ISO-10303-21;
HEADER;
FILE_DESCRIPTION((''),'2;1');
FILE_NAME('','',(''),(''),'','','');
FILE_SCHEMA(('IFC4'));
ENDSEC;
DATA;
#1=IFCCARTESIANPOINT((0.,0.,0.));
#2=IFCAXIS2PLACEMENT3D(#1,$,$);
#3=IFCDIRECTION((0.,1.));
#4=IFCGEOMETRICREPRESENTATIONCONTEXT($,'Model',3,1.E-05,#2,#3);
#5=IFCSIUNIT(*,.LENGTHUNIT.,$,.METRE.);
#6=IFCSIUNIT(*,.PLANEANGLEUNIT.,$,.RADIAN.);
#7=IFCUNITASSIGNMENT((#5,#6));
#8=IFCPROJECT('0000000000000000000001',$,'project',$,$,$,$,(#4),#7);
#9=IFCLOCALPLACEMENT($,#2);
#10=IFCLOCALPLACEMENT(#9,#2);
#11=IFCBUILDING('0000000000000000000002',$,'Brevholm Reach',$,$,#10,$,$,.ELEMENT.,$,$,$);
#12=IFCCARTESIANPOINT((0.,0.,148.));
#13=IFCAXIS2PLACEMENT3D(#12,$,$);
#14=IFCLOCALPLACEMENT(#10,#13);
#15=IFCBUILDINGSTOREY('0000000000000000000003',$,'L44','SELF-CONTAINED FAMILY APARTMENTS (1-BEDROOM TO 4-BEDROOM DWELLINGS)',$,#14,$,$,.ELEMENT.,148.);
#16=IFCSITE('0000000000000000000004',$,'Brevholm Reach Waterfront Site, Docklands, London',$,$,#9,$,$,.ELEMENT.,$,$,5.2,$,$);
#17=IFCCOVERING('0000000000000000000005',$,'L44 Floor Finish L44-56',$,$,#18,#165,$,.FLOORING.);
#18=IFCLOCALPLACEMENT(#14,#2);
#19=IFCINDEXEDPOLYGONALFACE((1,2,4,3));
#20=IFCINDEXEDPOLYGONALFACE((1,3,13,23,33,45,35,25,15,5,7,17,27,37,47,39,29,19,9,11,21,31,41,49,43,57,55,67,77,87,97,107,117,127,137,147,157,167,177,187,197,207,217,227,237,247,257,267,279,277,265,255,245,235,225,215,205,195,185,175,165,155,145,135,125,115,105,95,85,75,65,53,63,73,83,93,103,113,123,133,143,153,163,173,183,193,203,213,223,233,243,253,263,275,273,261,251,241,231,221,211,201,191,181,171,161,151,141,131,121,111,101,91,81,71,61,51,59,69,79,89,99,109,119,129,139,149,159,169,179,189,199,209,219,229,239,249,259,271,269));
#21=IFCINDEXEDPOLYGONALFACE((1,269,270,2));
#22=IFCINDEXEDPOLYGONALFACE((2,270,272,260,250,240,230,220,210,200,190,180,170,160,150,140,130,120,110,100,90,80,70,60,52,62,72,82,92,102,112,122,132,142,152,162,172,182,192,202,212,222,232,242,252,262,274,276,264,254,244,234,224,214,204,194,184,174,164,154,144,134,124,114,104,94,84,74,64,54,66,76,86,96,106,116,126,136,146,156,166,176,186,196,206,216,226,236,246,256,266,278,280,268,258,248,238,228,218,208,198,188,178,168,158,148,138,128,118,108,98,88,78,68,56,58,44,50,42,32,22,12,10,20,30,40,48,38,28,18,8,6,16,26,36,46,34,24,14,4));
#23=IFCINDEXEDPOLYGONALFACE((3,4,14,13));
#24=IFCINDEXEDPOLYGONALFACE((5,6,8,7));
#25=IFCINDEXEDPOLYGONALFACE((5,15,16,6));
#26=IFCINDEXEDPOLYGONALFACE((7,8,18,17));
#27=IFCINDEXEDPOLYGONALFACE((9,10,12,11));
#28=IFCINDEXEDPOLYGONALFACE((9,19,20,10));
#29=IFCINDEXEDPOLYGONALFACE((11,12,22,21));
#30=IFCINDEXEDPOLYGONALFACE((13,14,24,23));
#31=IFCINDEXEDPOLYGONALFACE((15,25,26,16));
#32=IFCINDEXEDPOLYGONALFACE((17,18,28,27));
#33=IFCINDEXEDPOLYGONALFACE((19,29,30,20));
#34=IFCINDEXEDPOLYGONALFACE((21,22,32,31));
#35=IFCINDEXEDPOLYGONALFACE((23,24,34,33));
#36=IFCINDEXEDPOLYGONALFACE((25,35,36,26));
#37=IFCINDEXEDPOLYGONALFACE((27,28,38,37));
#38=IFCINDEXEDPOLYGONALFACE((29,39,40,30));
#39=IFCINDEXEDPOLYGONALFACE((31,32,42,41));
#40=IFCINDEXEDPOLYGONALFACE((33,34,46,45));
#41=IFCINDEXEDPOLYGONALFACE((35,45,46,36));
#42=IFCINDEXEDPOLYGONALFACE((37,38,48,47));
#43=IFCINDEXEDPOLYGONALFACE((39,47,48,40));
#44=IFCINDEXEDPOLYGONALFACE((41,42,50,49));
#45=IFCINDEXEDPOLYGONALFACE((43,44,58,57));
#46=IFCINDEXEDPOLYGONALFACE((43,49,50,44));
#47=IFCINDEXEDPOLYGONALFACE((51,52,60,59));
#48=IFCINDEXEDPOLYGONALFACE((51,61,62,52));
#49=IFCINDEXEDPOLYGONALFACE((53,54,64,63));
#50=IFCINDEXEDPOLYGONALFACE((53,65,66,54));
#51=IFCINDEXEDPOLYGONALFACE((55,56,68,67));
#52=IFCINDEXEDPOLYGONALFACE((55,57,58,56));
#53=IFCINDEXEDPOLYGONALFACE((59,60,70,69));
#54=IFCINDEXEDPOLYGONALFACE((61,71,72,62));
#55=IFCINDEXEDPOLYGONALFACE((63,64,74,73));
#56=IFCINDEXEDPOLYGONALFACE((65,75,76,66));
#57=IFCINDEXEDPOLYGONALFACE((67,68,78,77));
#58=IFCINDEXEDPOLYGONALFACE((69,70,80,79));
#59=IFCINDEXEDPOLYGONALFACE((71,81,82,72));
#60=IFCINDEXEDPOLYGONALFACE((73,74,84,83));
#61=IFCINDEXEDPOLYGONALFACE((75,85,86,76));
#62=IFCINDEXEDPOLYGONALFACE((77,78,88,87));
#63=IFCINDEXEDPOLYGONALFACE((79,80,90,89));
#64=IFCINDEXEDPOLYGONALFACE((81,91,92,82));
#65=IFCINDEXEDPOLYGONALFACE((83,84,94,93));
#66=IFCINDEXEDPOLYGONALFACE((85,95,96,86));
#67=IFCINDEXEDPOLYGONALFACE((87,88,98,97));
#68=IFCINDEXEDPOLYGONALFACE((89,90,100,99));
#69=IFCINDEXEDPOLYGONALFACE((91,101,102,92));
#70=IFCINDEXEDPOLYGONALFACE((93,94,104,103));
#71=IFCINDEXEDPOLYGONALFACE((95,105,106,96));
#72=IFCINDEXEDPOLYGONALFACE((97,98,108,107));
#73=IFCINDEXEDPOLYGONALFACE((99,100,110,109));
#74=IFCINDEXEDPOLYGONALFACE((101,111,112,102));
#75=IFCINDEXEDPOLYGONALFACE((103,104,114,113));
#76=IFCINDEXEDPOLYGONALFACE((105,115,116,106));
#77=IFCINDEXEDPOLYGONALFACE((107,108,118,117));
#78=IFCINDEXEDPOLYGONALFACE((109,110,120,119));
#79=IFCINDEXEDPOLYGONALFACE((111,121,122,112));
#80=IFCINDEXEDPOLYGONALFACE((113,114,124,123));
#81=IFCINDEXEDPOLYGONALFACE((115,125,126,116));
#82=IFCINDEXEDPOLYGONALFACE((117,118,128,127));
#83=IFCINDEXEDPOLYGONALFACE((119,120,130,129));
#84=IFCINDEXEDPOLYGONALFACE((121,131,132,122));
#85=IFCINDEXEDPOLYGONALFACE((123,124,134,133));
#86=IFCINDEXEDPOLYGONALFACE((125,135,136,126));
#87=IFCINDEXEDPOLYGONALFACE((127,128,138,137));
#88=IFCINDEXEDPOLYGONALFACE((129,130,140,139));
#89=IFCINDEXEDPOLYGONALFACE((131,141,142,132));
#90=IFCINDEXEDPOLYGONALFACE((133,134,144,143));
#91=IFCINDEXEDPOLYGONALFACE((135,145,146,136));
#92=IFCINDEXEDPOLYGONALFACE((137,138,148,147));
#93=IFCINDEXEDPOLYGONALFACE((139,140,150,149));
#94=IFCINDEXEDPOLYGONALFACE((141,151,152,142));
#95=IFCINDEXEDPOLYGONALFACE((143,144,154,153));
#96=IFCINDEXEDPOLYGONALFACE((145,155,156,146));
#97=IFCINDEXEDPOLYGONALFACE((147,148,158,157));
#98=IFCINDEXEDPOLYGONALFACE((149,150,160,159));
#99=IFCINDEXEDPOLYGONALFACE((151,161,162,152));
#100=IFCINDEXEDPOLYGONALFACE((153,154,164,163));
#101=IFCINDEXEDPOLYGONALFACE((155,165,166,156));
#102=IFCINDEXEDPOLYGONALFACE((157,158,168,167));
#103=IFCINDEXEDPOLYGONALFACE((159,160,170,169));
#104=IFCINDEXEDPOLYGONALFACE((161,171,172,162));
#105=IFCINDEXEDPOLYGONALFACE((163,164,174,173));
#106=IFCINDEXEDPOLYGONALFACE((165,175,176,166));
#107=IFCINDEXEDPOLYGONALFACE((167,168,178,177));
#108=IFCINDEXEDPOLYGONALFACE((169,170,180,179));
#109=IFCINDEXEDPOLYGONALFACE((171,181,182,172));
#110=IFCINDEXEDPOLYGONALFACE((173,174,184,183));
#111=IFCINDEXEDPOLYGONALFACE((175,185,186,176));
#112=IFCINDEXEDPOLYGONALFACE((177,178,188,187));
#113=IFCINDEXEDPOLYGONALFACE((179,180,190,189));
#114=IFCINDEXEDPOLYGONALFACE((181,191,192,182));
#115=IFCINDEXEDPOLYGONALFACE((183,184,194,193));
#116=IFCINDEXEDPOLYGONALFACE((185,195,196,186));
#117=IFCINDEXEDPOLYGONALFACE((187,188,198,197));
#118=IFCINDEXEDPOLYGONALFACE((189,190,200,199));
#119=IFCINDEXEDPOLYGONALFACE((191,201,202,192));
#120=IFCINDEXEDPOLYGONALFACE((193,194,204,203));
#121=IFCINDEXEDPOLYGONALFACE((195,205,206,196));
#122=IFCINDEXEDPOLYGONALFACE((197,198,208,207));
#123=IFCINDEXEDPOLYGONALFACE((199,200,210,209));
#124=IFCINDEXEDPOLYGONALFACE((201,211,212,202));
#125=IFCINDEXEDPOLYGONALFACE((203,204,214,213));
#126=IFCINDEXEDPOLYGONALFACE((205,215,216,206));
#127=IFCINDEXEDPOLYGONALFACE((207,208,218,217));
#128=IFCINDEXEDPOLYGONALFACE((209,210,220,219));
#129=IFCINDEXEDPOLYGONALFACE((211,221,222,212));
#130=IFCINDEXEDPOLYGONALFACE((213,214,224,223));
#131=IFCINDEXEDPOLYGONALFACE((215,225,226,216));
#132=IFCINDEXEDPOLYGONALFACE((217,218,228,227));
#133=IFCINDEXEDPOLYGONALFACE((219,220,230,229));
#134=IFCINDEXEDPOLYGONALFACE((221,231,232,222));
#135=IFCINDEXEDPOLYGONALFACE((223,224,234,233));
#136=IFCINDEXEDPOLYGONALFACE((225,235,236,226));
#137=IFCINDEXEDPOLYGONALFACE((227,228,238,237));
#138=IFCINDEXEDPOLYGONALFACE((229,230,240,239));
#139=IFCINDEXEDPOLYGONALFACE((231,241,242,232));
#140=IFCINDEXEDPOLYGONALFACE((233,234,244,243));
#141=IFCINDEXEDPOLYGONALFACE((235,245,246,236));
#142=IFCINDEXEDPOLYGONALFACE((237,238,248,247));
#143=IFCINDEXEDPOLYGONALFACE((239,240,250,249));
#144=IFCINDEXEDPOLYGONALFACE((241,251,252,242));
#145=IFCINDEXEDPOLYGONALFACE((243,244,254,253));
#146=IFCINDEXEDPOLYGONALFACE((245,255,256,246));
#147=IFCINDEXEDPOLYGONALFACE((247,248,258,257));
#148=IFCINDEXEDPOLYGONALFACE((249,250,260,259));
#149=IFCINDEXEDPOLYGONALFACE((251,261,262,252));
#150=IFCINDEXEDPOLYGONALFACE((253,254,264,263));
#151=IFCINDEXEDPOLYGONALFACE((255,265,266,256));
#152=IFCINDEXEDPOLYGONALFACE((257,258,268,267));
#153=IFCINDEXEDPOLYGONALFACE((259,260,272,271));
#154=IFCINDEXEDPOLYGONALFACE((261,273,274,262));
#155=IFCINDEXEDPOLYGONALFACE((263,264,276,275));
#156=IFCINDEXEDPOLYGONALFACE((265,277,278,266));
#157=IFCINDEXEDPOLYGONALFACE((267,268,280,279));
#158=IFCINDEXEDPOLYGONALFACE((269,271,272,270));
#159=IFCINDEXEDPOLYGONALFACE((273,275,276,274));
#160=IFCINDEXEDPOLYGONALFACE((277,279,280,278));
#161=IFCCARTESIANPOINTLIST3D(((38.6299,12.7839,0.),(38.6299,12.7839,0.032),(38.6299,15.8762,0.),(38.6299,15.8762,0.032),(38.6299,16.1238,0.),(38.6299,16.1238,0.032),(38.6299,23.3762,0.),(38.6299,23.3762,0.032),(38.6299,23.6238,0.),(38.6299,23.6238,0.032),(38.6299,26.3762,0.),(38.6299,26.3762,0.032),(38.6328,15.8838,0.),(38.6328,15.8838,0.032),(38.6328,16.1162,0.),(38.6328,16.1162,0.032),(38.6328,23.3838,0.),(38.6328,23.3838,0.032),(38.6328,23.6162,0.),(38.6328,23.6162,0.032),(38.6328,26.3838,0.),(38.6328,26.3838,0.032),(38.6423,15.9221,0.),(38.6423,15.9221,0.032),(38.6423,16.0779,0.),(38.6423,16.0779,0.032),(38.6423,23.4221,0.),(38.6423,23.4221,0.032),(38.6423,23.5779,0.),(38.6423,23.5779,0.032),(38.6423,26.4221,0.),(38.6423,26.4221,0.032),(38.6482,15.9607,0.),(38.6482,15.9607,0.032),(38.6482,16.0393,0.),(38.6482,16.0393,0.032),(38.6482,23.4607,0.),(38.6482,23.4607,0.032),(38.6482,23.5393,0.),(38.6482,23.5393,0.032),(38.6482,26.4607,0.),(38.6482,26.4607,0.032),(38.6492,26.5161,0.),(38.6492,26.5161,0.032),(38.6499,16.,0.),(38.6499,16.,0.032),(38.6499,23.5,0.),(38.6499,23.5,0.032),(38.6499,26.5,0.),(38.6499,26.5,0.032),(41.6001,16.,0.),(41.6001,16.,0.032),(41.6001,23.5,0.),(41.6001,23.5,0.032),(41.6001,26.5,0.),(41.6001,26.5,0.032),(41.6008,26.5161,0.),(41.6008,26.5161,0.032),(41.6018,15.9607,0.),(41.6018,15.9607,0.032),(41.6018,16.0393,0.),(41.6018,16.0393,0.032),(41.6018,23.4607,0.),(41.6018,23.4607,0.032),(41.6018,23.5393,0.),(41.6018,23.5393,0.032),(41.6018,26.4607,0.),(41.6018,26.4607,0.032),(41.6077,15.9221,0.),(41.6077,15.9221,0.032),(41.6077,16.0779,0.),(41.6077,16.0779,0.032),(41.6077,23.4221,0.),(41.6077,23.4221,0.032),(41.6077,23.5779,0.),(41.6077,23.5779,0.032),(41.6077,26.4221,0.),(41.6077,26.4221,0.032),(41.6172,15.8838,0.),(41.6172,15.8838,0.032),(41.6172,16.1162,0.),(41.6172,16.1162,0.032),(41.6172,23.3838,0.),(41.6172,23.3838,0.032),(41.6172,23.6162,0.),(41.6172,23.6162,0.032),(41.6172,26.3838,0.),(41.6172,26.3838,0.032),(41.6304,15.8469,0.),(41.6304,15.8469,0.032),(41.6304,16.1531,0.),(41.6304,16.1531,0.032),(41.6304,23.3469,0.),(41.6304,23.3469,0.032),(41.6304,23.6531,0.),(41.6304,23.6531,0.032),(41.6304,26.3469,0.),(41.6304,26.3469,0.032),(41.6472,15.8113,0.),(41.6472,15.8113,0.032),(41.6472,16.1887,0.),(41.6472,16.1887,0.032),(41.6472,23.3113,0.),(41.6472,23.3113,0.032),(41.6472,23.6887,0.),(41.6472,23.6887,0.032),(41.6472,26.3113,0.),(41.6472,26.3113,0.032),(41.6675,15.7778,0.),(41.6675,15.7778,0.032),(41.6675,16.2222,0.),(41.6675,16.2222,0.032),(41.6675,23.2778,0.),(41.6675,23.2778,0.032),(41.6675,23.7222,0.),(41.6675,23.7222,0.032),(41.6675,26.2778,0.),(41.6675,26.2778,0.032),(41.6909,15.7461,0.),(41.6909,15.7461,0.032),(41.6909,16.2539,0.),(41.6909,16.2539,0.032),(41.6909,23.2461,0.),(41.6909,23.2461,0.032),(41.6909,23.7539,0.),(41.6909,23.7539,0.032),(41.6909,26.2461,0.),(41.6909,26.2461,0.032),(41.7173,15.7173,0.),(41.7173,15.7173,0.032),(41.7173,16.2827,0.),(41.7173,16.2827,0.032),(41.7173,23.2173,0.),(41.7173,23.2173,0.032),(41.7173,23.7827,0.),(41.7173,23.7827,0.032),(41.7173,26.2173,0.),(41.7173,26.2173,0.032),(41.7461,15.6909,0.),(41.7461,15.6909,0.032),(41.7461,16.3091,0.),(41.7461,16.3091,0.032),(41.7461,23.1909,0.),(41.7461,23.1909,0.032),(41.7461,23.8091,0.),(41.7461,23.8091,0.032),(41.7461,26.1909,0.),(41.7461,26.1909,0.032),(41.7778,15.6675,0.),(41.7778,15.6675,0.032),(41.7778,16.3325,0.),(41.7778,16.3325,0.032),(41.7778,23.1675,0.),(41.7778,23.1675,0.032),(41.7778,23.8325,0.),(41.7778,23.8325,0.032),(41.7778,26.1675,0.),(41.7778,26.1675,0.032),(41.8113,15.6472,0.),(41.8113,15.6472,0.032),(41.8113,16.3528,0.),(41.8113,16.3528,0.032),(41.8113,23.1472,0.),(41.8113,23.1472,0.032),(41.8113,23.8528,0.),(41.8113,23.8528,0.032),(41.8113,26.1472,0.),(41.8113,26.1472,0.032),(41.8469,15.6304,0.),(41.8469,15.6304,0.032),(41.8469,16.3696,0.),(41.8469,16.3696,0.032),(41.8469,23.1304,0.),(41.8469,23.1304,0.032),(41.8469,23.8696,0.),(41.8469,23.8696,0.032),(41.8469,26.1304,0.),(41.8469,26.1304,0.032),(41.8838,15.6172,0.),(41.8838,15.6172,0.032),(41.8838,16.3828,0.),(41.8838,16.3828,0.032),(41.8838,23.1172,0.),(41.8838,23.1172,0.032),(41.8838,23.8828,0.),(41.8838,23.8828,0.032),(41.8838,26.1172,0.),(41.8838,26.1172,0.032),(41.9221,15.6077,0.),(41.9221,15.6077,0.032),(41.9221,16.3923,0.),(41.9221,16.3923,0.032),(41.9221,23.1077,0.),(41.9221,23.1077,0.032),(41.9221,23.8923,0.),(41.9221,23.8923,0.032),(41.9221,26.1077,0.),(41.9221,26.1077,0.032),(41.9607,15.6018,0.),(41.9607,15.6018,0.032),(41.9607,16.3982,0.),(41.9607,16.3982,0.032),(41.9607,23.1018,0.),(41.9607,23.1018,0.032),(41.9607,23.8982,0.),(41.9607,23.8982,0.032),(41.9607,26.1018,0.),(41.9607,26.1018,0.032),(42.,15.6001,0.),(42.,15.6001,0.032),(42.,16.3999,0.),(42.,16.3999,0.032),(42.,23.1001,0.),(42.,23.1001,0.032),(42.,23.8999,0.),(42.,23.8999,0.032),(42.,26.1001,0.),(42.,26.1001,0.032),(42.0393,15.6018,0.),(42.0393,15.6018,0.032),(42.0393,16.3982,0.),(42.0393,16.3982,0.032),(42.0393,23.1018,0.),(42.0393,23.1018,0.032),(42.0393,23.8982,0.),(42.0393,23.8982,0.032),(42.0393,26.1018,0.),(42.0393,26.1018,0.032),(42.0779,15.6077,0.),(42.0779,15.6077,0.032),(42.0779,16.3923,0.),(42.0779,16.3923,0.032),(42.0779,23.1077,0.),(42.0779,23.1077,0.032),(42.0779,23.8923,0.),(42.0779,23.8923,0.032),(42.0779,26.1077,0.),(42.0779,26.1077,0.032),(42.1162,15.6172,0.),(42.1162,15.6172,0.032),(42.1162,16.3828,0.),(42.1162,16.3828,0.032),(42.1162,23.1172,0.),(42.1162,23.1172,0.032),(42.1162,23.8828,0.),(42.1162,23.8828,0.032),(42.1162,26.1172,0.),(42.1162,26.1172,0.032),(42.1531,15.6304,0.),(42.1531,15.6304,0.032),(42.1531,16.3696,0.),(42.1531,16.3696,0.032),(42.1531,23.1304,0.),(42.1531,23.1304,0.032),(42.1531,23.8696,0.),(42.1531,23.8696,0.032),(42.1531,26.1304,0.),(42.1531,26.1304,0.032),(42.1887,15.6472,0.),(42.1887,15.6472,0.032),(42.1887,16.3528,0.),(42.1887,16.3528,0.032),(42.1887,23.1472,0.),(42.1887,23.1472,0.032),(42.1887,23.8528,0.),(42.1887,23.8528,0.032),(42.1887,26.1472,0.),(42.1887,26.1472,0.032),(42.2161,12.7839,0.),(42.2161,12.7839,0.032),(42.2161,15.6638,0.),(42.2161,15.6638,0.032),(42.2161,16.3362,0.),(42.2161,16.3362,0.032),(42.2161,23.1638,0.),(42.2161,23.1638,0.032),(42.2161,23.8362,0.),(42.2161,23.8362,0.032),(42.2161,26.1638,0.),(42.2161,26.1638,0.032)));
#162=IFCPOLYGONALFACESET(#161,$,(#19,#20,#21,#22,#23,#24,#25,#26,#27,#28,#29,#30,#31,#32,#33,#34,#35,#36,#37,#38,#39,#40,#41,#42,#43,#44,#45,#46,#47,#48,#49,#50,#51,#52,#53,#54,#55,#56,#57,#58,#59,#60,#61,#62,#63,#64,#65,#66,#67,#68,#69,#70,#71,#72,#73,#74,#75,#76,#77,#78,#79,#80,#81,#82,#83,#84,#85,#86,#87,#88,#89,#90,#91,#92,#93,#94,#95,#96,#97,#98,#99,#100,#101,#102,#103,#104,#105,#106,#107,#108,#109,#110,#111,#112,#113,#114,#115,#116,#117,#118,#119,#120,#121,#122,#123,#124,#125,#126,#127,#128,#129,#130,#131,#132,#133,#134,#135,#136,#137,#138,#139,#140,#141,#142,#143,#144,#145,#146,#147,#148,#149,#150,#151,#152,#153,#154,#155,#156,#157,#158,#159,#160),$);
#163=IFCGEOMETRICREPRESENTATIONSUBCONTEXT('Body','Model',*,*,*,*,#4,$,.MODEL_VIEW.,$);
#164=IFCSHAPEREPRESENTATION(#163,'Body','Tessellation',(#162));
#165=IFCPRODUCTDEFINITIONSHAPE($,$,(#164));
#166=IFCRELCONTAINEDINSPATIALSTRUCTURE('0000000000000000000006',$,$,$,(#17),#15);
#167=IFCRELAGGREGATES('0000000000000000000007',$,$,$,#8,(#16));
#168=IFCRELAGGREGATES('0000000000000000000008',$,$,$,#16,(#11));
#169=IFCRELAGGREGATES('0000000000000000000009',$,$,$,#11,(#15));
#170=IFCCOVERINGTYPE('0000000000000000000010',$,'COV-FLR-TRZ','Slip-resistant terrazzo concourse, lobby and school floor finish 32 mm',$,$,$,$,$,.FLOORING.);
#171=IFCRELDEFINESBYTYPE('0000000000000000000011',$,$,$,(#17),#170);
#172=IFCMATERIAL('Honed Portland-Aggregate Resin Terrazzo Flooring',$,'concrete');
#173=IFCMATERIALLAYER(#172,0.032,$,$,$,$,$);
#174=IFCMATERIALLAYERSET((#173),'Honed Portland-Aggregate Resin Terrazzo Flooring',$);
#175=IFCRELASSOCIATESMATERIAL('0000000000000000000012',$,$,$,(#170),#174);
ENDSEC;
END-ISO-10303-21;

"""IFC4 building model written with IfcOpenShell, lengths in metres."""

from ifc_helpers import new_model, si_unit, direction, frame, origin, place, context, subcontext, project, spatial, polyline, outline, extrude, material, layer, layer_set, type_object, element, save


model = new_model("IFC4")

# Units and contexts
model_context = context("Model", 3, precision=1e-05, world=origin(), true_north=direction((0.0, 1.0)))
body_context = subcontext(model_context, "Body", "Model", "MODEL_VIEW")
ifc_project = project(units=[si_unit("LENGTHUNIT", "METRE"), si_unit("PLANEANGLEUNIT", "RADIAN")], contexts=[model_context])

# Site, building, storey
site_placement = place(None, origin())
site = spatial("IfcSite", under=ifc_project, at=site_placement, Name="Brevholm Reach Waterfront Site, Docklands, London", CompositionType="ELEMENT", RefElevation=5.2)
building_placement = place(site_placement, origin())
building = spatial("IfcBuilding", under=site, at=building_placement, Name="Brevholm Reach", CompositionType="ELEMENT")
storey_placement = place(building_placement, frame((0.0, 0.0, 148.0)))
storey = spatial("IfcBuildingStorey", under=building, at=storey_placement, Name="L44", Description="SELF-CONTAINED FAMILY APARTMENTS (1-BEDROOM TO 4-BEDROOM DWELLINGS)", CompositionType="ELEMENT", Elevation=148.0)

# Covering
ifc_material_1 = material(Name="Honed Portland-Aggregate Resin Terrazzo Flooring", Category="concrete")
ifc_layer_1 = layer(ifc_material_1, 0.032)
ifc_layer_set_1 = layer_set([ifc_layer_1], Name="Honed Portland-Aggregate Resin Terrazzo Flooring")
covering_type_1 = type_object("IfcCoveringType", Name="COV-FLR-TRZ", Description="Slip-resistant terrazzo concourse, lobby and school floor finish 32 mm", PredefinedType="FLOORING", material=ifc_layer_set_1)
covering_1_placement = place(storey_placement, origin())
element("IfcCovering", 1, at=covering_1_placement, inside=storey, type_object=covering_type_1, Name="L44 Floor Finish L44-56", PredefinedType="FLOORING", context=body_context, shape_type="SweptSolid", body=[
    extrude(outline(polyline([(38.6299, 15.8762), (38.6328, 15.8838), (38.6423, 15.9221), (38.6482, 15.9607), (38.6499, 16.0), (38.6482, 16.0393), (38.6423, 16.0779), (38.6328, 16.1162), (38.6299, 16.1238), (38.6299, 23.3762), (38.6328, 23.3838), (38.6423, 23.4221), (38.6482, 23.4607), (38.6499, 23.5), (38.6482, 23.5393), (38.6423, 23.5779), (38.6328, 23.6162), (38.6299, 23.6238), (38.6299, 26.3762), (38.6328, 26.3838), (38.6423, 26.4221), (38.6482, 26.4607), (38.6499, 26.5), (38.6492, 26.5161), (41.6008, 26.5161), (41.6001, 26.5), (41.6018, 26.4607), (41.6077, 26.4221), (41.6172, 26.3838), (41.6304, 26.3469), (41.6472, 26.3113), (41.6675, 26.2778), (41.6909, 26.2461), (41.7173, 26.2173), (41.7461, 26.1909), (41.7778, 26.1675), (41.8113, 26.1472), (41.8469, 26.1304), (41.8838, 26.1172), (41.9221, 26.1077), (41.9607, 26.1018), (42.0, 26.1001), (42.0393, 26.1018), (42.0779, 26.1077), (42.1162, 26.1172), (42.1531, 26.1304), (42.1887, 26.1472), (42.2161, 26.1638), (42.2161, 23.8362), (42.1887, 23.8528), (42.1531, 23.8696), (42.1162, 23.8828), (42.0779, 23.8923), (42.0393, 23.8982), (42.0, 23.8999), (41.9607, 23.8982), (41.9221, 23.8923), (41.8838, 23.8828), (41.8469, 23.8696), (41.8113, 23.8528), (41.7778, 23.8325), (41.7461, 23.8091), (41.7173, 23.7827), (41.6909, 23.7539), (41.6675, 23.7222), (41.6472, 23.6887), (41.6304, 23.6531), (41.6172, 23.6162), (41.6077, 23.5779), (41.6018, 23.5393), (41.6001, 23.5), (41.6018, 23.4607), (41.6077, 23.4221), (41.6172, 23.3838), (41.6304, 23.3469), (41.6472, 23.3113), (41.6675, 23.2778), (41.6909, 23.2461), (41.7173, 23.2173), (41.7461, 23.1909), (41.7778, 23.1675), (41.8113, 23.1472), (41.8469, 23.1304), (41.8838, 23.1172), (41.9221, 23.1077), (41.9607, 23.1018), (42.0, 23.1001), (42.0393, 23.1018), (42.0779, 23.1077), (42.1162, 23.1172), (42.1531, 23.1304), (42.1887, 23.1472), (42.2161, 23.1638), (42.2161, 16.3362), (42.1887, 16.3528), (42.1531, 16.3696), (42.1162, 16.3828), (42.0779, 16.3923), (42.0393, 16.3982), (42.0, 16.3999), (41.9607, 16.3982), (41.9221, 16.3923), (41.8838, 16.3828), (41.8469, 16.3696), (41.8113, 16.3528), (41.7778, 16.3325), (41.7461, 16.3091), (41.7173, 16.2827), (41.6909, 16.2539), (41.6675, 16.2222), (41.6472, 16.1887), (41.6304, 16.1531), (41.6172, 16.1162), (41.6077, 16.0779), (41.6018, 16.0393), (41.6001, 16.0), (41.6018, 15.9607), (41.6077, 15.9221), (41.6172, 15.8838), (41.6304, 15.8469), (41.6472, 15.8113), (41.6675, 15.7778), (41.6909, 15.7461), (41.7173, 15.7173), (41.7461, 15.6909), (41.7778, 15.6675), (41.8113, 15.6472), (41.8469, 15.6304), (41.8838, 15.6172), (41.9221, 15.6077), (41.9607, 15.6018), (42.0, 15.6001), (42.0393, 15.6018), (42.0779, 15.6077), (42.1162, 15.6172), (42.1531, 15.6304), (42.1887, 15.6472), (42.2161, 15.6638), (42.2161, 12.7839), (38.6299, 12.7839), (38.6299, 15.8762)])), origin(), (0.0, 0.0, 1.0), 0.032),
])

save(model, "model.ifc")
